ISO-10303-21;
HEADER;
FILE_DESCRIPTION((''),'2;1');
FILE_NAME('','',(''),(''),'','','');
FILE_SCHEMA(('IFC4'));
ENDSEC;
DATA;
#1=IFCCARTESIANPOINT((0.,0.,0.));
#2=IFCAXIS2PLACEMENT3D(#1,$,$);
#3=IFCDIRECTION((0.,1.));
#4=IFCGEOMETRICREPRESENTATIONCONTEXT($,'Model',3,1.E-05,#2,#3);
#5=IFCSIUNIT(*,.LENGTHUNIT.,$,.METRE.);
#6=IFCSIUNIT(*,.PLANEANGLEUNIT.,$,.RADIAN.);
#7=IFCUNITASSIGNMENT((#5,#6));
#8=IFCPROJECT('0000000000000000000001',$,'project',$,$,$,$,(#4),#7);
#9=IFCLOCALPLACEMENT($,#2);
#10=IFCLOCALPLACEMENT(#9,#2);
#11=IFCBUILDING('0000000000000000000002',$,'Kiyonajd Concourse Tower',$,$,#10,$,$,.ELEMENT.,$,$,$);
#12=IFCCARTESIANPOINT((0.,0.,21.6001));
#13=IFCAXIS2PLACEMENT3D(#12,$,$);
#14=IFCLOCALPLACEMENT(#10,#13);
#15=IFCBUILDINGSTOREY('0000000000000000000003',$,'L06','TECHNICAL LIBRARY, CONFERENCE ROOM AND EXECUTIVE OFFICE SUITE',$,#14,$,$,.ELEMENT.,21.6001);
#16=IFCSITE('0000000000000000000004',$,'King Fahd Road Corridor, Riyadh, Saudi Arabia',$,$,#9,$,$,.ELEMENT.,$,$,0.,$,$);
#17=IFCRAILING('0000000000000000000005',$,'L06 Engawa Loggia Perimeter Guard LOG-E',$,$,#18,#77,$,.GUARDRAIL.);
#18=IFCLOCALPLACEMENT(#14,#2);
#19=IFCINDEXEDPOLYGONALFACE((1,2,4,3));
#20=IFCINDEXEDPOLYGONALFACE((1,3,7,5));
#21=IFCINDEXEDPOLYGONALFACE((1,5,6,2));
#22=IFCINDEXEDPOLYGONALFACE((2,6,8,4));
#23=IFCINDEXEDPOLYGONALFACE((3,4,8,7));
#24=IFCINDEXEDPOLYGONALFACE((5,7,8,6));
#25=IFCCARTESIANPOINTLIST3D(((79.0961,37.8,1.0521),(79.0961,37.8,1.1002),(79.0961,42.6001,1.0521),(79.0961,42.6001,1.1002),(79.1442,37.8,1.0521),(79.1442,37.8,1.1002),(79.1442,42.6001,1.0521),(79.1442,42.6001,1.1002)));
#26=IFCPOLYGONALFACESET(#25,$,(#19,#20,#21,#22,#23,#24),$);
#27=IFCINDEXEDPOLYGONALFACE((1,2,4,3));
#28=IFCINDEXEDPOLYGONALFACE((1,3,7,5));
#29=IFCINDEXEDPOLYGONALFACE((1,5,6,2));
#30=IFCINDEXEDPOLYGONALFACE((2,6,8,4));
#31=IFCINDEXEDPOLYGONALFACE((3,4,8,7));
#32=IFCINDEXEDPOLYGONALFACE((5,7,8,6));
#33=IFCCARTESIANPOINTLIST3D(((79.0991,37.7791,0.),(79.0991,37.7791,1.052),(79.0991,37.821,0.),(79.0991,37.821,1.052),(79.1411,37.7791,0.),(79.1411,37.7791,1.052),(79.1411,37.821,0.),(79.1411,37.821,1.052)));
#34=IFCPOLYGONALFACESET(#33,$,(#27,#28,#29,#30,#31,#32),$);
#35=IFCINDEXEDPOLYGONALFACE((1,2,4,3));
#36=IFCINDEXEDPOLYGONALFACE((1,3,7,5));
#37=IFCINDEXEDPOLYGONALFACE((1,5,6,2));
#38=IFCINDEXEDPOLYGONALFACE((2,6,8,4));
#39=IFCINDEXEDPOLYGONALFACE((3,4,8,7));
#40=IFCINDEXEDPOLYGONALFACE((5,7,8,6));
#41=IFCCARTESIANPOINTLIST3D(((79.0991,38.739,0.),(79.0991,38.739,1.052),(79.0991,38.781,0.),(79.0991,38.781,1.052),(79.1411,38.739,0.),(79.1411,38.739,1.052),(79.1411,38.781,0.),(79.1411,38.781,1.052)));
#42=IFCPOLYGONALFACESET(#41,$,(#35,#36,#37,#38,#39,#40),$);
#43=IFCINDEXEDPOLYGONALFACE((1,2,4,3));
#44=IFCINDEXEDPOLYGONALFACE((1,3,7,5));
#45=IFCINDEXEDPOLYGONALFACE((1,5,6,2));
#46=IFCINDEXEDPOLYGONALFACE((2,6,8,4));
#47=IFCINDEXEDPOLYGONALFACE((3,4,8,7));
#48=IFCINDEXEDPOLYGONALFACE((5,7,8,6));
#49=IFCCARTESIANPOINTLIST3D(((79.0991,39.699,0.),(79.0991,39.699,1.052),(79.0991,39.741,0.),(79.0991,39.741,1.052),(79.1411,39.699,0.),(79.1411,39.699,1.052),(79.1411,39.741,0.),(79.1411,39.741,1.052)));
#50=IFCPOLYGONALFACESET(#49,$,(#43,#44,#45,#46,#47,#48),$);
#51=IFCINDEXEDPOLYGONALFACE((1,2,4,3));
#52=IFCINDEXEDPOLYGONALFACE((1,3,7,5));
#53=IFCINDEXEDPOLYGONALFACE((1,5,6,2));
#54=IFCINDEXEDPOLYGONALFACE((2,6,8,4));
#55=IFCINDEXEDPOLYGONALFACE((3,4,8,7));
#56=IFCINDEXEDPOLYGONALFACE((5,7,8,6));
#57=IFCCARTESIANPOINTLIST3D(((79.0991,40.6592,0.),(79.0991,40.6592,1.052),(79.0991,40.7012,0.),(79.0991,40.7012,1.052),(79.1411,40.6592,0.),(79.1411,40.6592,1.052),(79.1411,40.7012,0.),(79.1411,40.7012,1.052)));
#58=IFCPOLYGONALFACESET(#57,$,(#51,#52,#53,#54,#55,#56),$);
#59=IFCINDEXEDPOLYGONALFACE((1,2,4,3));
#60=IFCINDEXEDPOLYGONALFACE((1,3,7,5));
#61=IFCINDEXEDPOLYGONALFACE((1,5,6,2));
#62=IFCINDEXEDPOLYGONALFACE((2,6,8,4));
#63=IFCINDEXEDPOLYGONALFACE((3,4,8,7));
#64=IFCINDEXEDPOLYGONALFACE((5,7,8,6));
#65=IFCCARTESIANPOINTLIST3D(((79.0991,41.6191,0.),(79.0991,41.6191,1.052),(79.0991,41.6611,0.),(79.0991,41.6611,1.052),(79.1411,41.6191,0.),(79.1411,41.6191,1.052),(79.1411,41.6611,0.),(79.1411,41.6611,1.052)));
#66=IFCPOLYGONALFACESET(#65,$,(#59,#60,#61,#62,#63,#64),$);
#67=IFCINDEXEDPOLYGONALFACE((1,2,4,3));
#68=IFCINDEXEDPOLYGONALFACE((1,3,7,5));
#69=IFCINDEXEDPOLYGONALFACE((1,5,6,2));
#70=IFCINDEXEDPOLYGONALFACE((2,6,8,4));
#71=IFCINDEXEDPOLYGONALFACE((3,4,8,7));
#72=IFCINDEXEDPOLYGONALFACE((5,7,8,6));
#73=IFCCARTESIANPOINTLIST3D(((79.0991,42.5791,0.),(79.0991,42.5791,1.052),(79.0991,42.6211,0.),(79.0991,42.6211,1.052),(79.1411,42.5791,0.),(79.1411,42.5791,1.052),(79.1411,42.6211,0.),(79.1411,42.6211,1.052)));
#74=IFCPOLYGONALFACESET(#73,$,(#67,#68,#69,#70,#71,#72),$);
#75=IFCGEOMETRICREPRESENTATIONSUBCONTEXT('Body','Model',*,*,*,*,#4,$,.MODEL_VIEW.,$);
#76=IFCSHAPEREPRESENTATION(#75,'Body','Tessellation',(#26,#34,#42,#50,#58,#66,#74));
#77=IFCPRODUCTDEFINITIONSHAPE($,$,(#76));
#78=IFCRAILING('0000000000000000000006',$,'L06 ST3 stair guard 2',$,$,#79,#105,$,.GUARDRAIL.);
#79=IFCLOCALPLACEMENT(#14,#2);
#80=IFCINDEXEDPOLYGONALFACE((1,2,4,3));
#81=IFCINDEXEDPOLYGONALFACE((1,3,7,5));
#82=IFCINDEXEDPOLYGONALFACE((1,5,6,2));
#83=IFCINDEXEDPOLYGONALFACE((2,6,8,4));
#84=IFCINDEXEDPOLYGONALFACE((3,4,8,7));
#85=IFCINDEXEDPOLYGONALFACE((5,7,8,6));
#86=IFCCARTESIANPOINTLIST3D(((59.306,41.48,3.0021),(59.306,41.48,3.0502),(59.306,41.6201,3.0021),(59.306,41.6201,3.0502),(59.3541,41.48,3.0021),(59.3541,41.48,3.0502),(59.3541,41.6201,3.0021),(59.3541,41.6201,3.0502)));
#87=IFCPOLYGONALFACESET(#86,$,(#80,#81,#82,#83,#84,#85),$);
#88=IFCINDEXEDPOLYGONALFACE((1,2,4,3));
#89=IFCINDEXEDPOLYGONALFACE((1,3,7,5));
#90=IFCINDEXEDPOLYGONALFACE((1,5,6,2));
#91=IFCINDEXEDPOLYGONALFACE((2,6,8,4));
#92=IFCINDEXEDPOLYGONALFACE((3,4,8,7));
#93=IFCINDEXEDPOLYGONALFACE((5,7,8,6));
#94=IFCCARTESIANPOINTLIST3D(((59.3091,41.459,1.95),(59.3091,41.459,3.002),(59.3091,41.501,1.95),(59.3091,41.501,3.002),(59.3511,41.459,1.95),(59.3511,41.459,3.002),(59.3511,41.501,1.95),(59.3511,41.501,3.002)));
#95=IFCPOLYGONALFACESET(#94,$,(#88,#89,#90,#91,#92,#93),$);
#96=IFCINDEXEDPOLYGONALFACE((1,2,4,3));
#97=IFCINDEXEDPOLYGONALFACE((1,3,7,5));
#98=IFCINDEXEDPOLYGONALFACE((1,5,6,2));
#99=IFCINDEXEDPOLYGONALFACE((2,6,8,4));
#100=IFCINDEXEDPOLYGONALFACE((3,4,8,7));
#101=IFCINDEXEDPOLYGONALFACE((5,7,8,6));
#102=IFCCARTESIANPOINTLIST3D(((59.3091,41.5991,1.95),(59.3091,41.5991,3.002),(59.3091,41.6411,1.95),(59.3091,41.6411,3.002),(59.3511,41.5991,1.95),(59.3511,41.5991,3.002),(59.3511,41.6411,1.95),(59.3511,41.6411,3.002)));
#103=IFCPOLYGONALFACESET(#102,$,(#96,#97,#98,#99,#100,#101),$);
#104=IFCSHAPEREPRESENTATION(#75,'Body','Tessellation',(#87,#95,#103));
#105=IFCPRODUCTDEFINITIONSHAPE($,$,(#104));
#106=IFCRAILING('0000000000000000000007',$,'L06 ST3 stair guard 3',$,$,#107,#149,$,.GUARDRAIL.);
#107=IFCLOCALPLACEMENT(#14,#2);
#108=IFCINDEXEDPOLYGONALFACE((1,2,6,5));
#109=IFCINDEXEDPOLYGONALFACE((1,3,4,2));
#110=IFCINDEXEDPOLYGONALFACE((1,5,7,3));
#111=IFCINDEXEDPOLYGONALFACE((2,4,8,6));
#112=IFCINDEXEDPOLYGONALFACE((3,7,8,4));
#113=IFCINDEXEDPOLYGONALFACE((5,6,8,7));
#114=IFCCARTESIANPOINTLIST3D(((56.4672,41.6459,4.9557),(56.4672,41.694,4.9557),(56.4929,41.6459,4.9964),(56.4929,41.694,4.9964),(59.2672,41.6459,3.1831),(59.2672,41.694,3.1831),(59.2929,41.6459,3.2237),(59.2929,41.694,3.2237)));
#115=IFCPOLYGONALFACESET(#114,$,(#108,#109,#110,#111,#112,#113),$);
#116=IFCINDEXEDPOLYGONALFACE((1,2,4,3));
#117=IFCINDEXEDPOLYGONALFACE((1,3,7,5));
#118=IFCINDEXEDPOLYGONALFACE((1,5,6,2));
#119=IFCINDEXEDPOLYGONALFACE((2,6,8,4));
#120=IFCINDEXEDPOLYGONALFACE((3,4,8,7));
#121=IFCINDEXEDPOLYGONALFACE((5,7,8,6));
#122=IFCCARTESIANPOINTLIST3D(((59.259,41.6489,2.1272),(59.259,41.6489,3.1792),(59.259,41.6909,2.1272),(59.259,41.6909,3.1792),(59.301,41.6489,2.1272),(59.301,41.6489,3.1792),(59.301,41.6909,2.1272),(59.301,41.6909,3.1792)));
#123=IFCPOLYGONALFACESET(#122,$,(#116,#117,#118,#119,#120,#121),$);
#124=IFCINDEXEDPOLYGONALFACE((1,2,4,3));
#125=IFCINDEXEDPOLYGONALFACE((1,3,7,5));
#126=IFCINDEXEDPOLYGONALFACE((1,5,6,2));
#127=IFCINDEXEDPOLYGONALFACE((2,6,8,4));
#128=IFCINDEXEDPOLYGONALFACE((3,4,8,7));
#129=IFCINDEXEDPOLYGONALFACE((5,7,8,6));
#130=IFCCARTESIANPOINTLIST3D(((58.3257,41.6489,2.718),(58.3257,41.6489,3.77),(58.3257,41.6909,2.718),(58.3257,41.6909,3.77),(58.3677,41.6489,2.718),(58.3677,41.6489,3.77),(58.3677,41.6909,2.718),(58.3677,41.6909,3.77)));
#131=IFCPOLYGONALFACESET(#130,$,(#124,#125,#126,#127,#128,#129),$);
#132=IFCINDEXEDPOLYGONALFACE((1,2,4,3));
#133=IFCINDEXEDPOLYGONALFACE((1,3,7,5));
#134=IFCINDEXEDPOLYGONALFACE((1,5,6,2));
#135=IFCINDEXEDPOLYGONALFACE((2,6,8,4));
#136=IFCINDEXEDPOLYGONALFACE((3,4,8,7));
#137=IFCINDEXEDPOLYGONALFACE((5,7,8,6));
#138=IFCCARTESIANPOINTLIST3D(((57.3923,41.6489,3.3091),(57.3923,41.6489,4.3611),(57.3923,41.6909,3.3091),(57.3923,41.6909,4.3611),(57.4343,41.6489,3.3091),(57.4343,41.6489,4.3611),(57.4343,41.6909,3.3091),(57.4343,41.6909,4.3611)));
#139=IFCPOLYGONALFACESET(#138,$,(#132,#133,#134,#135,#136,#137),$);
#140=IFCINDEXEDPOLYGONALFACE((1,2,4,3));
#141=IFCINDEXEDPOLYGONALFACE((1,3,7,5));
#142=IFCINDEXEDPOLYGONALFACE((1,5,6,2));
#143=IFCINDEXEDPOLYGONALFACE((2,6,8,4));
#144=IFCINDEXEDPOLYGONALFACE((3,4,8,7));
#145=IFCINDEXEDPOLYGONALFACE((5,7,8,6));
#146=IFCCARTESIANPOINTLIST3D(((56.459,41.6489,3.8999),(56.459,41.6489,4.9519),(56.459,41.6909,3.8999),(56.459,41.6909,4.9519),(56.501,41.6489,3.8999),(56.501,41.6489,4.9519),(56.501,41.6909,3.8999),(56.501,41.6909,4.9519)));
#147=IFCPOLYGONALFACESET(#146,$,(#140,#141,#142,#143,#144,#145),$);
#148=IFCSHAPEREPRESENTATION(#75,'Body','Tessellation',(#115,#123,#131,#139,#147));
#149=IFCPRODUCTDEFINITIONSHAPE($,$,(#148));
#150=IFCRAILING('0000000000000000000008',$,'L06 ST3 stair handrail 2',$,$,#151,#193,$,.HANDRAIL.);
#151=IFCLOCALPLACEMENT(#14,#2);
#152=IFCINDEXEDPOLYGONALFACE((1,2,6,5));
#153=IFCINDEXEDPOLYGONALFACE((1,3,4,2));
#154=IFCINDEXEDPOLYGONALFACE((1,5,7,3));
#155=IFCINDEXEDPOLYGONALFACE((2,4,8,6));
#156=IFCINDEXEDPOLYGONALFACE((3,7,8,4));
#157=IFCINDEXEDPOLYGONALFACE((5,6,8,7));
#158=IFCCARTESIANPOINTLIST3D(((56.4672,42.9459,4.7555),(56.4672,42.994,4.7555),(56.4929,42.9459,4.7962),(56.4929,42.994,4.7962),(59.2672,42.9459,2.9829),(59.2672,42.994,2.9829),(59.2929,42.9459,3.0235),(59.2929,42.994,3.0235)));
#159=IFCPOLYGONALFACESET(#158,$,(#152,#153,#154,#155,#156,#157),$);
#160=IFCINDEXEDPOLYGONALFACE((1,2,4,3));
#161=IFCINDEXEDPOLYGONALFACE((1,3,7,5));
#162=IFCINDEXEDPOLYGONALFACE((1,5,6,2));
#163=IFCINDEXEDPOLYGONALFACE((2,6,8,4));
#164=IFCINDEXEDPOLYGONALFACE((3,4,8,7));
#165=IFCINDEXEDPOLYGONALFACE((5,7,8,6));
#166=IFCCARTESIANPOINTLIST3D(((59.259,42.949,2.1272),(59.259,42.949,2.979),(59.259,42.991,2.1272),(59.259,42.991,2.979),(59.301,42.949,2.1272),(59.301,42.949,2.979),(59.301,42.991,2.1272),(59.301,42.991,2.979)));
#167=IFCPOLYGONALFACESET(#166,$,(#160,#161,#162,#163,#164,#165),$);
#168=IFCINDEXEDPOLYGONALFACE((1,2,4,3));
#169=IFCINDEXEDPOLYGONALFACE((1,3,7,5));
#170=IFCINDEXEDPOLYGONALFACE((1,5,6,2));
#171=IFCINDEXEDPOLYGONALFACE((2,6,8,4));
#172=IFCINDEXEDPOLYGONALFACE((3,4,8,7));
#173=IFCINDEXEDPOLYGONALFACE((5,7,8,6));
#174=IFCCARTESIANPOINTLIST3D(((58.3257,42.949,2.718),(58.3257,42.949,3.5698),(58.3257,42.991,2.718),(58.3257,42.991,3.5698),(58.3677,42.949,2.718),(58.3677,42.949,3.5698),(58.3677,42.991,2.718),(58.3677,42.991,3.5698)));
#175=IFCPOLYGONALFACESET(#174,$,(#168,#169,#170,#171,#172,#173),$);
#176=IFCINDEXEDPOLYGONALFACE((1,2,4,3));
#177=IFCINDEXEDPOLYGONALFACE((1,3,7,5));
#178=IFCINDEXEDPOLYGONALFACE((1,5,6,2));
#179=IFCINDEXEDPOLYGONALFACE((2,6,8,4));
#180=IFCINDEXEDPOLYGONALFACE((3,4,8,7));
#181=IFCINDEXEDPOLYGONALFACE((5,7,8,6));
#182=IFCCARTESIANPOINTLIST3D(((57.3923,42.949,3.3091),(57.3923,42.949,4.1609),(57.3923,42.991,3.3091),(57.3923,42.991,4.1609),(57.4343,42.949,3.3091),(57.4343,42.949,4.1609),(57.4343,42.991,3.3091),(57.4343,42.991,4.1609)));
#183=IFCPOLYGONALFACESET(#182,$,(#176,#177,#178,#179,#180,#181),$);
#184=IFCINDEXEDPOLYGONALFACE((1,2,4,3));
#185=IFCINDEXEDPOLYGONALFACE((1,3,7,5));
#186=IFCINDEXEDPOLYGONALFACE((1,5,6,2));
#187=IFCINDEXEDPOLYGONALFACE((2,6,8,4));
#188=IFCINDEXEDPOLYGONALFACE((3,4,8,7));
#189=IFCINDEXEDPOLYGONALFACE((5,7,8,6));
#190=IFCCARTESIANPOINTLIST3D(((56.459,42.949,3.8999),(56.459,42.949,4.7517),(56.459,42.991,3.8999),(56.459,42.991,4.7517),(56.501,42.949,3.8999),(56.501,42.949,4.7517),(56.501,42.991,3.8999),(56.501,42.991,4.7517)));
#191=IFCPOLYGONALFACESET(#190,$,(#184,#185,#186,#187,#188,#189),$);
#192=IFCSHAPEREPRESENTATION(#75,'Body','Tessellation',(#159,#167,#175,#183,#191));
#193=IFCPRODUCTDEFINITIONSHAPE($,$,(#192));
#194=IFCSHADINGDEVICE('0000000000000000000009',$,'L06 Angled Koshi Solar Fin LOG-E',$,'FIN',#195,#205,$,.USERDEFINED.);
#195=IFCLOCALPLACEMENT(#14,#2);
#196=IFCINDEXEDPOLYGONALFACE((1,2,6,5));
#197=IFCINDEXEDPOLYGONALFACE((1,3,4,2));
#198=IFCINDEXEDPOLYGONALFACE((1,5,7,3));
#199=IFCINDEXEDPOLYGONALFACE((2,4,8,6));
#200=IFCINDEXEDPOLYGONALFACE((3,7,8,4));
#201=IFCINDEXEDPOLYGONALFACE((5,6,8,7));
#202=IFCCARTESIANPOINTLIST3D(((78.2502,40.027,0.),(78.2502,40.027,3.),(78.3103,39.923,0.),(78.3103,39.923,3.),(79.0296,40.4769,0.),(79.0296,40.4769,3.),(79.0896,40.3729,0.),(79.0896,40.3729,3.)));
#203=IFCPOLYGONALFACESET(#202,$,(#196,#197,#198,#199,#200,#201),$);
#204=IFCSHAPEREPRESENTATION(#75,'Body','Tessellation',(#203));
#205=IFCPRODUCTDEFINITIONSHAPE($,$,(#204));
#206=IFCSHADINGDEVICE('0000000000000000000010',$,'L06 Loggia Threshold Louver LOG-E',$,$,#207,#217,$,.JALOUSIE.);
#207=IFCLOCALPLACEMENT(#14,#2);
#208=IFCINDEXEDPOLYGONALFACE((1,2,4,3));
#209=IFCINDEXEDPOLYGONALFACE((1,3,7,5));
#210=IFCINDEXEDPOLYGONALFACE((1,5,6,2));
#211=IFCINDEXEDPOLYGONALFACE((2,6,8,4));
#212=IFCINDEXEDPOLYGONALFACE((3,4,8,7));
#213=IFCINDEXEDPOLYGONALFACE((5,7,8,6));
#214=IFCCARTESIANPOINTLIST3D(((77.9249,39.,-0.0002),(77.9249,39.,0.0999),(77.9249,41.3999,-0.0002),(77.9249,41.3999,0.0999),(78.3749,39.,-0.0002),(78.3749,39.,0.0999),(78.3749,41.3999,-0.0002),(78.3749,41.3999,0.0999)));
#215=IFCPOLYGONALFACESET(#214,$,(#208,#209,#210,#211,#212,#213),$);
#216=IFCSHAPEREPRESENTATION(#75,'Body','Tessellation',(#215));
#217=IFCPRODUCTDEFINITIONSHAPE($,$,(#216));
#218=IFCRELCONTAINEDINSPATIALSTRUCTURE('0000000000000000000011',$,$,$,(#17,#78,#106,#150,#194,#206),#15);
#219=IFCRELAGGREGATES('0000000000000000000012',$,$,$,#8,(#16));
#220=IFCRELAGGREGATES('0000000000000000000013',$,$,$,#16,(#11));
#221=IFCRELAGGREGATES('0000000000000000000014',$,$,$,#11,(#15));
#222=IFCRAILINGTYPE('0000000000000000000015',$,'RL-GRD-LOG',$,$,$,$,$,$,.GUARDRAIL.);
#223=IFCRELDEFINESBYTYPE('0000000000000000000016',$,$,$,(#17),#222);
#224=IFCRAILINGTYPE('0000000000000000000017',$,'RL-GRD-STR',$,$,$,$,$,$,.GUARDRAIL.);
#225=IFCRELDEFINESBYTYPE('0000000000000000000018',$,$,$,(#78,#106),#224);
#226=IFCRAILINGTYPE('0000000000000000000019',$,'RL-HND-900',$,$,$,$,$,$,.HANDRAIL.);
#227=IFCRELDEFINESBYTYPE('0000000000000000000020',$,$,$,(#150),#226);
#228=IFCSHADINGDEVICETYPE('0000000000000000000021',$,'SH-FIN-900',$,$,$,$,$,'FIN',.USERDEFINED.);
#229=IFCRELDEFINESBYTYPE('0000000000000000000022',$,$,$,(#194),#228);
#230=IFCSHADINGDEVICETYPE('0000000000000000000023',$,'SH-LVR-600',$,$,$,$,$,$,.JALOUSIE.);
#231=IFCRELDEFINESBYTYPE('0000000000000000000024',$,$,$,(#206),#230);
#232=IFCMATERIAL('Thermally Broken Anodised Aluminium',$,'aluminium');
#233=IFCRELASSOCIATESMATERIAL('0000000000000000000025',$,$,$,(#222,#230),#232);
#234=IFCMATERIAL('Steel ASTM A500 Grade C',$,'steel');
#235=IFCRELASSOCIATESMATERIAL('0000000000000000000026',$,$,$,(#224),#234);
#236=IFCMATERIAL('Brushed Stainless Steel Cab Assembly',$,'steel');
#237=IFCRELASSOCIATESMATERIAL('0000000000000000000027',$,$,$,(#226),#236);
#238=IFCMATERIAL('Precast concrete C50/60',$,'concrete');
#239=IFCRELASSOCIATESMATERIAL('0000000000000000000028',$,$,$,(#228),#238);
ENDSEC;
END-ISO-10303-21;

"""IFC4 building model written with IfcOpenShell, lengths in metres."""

from ifc_helpers import new_model, si_unit, direction, frame, origin, origin_2d, place, context, subcontext, project, spatial, rectangle, extrude, material, type_object, element, save


model = new_model("IFC4")

# Units and contexts
model_context = context("Model", 3, precision=1e-05, world=origin(), true_north=direction((0.0, 1.0)))
body_context = subcontext(model_context, "Body", "Model", "MODEL_VIEW")
ifc_project = project(units=[si_unit("LENGTHUNIT", "METRE"), si_unit("PLANEANGLEUNIT", "RADIAN")], contexts=[model_context])

# Site, building, storey
site_placement = place(None, origin())
site = spatial("IfcSite", under=ifc_project, at=site_placement, Name="King Fahd Road Corridor, Riyadh, Saudi Arabia", CompositionType="ELEMENT", RefElevation=0.0)
building_placement = place(site_placement, origin())
building = spatial("IfcBuilding", under=site, at=building_placement, Name="Kiyonajd Concourse Tower", CompositionType="ELEMENT")
storey_placement = place(building_placement, frame((0.0, 0.0, 21.6001)))
storey = spatial("IfcBuildingStorey", under=building, at=storey_placement, Name="L06", Description="TECHNICAL LIBRARY, CONFERENCE ROOM AND EXECUTIVE OFFICE SUITE", CompositionType="ELEMENT", Elevation=21.6001)

# Shared definitions
ifc_material_1 = material(Name="Precast concrete C50/60", Category="concrete")

# Shared definitions
ifc_material_2 = material(Name="Thermally Broken Anodised Aluminium", Category="aluminium")

# Railings
railing_type_1 = type_object("IfcRailingType", Name="RL-GRD-LOG", PredefinedType="GUARDRAIL", material=ifc_material_2)
railing_1_placement = place(storey_placement, frame((79.1201, 37.8, 0.0)))
element("IfcRailing", 1, at=railing_1_placement, inside=storey, type_object=railing_type_1, Name="L06 Engawa Loggia Perimeter Guard LOG-E", PredefinedType="GUARDRAIL", context=body_context, shape_type="SweptSolid", body=[
    extrude(rectangle(XDim=0.0481, YDim=0.0481, at=origin_2d()), frame((0.0, 0.0, 1.0762), z_axis=(0.0, 1.0, 0.0), x_axis=(-1.0, 0.0, 0.0)), (0.0, 0.0, 1.0), 4.8),
    extrude(rectangle(XDim=0.042, YDim=0.042, at=origin_2d()), origin(), (0.0, 0.0, 1.0), 1.052),
    extrude(rectangle(XDim=0.042, YDim=0.042, at=origin_2d()), frame((0.0, 0.96, 0.0)), (0.0, 0.0, 1.0), 1.052),
    extrude(rectangle(XDim=0.042, YDim=0.042, at=origin_2d()), frame((0.0, 1.9199, 0.0)), (0.0, 0.0, 1.0), 1.052),
    extrude(rectangle(XDim=0.042, YDim=0.042, at=origin_2d()), frame((0.0, 2.8801, 0.0)), (0.0, 0.0, 1.0), 1.052),
    extrude(rectangle(XDim=0.042, YDim=0.042, at=origin_2d()), frame((0.0, 3.8401, 0.0)), (0.0, 0.0, 1.0), 1.052),
    extrude(rectangle(XDim=0.042, YDim=0.042, at=origin_2d()), frame((0.0, 4.8, 0.0)), (0.0, 0.0, 1.0), 1.052),
])
ifc_material_3 = material(Name="Steel ASTM A500 Grade C", Category="steel")
railing_type_2 = type_object("IfcRailingType", Name="RL-GRD-STR", PredefinedType="GUARDRAIL", material=ifc_material_3)
railing_2_placement = place(storey_placement, frame((59.3301, 41.48, 1.95)))
element("IfcRailing", 2, at=railing_2_placement, inside=storey, type_object=railing_type_2, Name="L06 ST3 stair guard 2", PredefinedType="GUARDRAIL", context=body_context, shape_type="SweptSolid", body=[
    extrude(rectangle(XDim=0.0481, YDim=0.0481, at=origin_2d()), frame((0.0, 0.0, 1.0762), z_axis=(0.0, 1.0, 0.0), x_axis=(-1.0, 0.0, 0.0)), (0.0, 0.0, 1.0), 0.1401),
    extrude(rectangle(XDim=0.042, YDim=0.042, at=origin_2d()), origin(), (0.0, 0.0, 1.0), 1.052),
    extrude(rectangle(XDim=0.042, YDim=0.042, at=origin_2d()), frame((0.0, 0.1401, 0.0)), (0.0, 0.0, 1.0), 1.052),
])
railing_3_placement = place(storey_placement, frame((59.28, 41.6699, 2.1272)))
element("IfcRailing", 3, at=railing_3_placement, inside=storey, type_object=railing_type_2, Name="L06 ST3 stair guard 3", PredefinedType="GUARDRAIL", context=body_context, shape_type="SweptSolid", body=[
    extrude(rectangle(XDim=0.0481, YDim=0.0481, at=origin_2d()), frame((0.0, 0.0, 1.0762), z_axis=(-0.844909, 0.0, 0.53491), x_axis=(0.0, -1.0, 0.0)), (0.0, 0.0, 1.0), 3.314),
    extrude(rectangle(XDim=0.042, YDim=0.042, at=origin_2d()), origin(), (0.0, 0.0, 1.0), 1.052),
    extrude(rectangle(XDim=0.042, YDim=0.042, at=origin_2d()), frame((-0.9333, 0.0, 0.5908)), (0.0, 0.0, 1.0), 1.052),
    extrude(rectangle(XDim=0.042, YDim=0.042, at=origin_2d()), frame((-1.8667, 0.0, 1.1819)), (0.0, 0.0, 1.0), 1.052),
    extrude(rectangle(XDim=0.042, YDim=0.042, at=origin_2d()), frame((-2.8, 0.0, 1.7727)), (0.0, 0.0, 1.0), 1.052),
])
ifc_material_4 = material(Name="Brushed Stainless Steel Cab Assembly", Category="steel")
railing_type_3 = type_object("IfcRailingType", Name="RL-HND-900", PredefinedType="HANDRAIL", material=ifc_material_4)
railing_4_placement = place(storey_placement, frame((59.28, 42.97, 2.1272)))
element("IfcRailing", 4, at=railing_4_placement, inside=storey, type_object=railing_type_3, Name="L06 ST3 stair handrail 2", PredefinedType="HANDRAIL", context=body_context, shape_type="SweptSolid", body=[
    extrude(rectangle(XDim=0.0481, YDim=0.0481, at=origin_2d()), frame((0.0, 0.0, 0.876), z_axis=(-0.844909, 0.0, 0.53491), x_axis=(0.0, -1.0, 0.0)), (0.0, 0.0, 1.0), 3.314),
    extrude(rectangle(XDim=0.042, YDim=0.042, at=origin_2d()), origin(), (0.0, 0.0, 1.0), 0.8518),
    extrude(rectangle(XDim=0.042, YDim=0.042, at=origin_2d()), frame((-0.9333, 0.0, 0.5908)), (0.0, 0.0, 1.0), 0.8518),
    extrude(rectangle(XDim=0.042, YDim=0.042, at=origin_2d()), frame((-1.8667, 0.0, 1.1819)), (0.0, 0.0, 1.0), 0.8518),
    extrude(rectangle(XDim=0.042, YDim=0.042, at=origin_2d()), frame((-2.8, 0.0, 1.7727)), (0.0, 0.0, 1.0), 0.8518),
])

# Shading devices
shading_device_type_1 = type_object("IfcShadingDeviceType", Name="SH-FIN-900", ElementType="FIN", PredefinedType="USERDEFINED", material=ifc_material_1)
shading_device_1_placement = place(storey_placement, frame((78.6699, 40.2, 0.0), z_axis=(0.0, 0.0, 1.0), x_axis=(0.866025, 0.5, 0.0)))
element("IfcShadingDevice", 5, at=shading_device_1_placement, inside=storey, type_object=shading_device_type_1, Name="L06 Angled Koshi Solar Fin LOG-E", ObjectType="FIN", PredefinedType="USERDEFINED", context=body_context, shape_type="SweptSolid", body=[
    extrude(rectangle(XDim=0.8999, YDim=0.1201, at=origin_2d()), origin(), (0.0, 0.0, 1.0), 3.0),
])
shading_device_type_2 = type_object("IfcShadingDeviceType", Name="SH-LVR-600", PredefinedType="JALOUSIE", material=ifc_material_2)
shading_device_2_placement = place(storey_placement, frame((78.1499, 40.2, -0.0002), z_axis=(0.0, 0.0, 1.0), x_axis=(0.0, 1.0, 0.0)))
element("IfcShadingDevice", 6, at=shading_device_2_placement, inside=storey, type_object=shading_device_type_2, Name="L06 Loggia Threshold Louver LOG-E", PredefinedType="JALOUSIE", context=body_context, shape_type="SweptSolid", body=[
    extrude(rectangle(XDim=2.3999, YDim=0.45, at=origin_2d()), origin(), (0.0, 0.0, 1.0), 0.1001),
])

save(model, "model.ifc")
